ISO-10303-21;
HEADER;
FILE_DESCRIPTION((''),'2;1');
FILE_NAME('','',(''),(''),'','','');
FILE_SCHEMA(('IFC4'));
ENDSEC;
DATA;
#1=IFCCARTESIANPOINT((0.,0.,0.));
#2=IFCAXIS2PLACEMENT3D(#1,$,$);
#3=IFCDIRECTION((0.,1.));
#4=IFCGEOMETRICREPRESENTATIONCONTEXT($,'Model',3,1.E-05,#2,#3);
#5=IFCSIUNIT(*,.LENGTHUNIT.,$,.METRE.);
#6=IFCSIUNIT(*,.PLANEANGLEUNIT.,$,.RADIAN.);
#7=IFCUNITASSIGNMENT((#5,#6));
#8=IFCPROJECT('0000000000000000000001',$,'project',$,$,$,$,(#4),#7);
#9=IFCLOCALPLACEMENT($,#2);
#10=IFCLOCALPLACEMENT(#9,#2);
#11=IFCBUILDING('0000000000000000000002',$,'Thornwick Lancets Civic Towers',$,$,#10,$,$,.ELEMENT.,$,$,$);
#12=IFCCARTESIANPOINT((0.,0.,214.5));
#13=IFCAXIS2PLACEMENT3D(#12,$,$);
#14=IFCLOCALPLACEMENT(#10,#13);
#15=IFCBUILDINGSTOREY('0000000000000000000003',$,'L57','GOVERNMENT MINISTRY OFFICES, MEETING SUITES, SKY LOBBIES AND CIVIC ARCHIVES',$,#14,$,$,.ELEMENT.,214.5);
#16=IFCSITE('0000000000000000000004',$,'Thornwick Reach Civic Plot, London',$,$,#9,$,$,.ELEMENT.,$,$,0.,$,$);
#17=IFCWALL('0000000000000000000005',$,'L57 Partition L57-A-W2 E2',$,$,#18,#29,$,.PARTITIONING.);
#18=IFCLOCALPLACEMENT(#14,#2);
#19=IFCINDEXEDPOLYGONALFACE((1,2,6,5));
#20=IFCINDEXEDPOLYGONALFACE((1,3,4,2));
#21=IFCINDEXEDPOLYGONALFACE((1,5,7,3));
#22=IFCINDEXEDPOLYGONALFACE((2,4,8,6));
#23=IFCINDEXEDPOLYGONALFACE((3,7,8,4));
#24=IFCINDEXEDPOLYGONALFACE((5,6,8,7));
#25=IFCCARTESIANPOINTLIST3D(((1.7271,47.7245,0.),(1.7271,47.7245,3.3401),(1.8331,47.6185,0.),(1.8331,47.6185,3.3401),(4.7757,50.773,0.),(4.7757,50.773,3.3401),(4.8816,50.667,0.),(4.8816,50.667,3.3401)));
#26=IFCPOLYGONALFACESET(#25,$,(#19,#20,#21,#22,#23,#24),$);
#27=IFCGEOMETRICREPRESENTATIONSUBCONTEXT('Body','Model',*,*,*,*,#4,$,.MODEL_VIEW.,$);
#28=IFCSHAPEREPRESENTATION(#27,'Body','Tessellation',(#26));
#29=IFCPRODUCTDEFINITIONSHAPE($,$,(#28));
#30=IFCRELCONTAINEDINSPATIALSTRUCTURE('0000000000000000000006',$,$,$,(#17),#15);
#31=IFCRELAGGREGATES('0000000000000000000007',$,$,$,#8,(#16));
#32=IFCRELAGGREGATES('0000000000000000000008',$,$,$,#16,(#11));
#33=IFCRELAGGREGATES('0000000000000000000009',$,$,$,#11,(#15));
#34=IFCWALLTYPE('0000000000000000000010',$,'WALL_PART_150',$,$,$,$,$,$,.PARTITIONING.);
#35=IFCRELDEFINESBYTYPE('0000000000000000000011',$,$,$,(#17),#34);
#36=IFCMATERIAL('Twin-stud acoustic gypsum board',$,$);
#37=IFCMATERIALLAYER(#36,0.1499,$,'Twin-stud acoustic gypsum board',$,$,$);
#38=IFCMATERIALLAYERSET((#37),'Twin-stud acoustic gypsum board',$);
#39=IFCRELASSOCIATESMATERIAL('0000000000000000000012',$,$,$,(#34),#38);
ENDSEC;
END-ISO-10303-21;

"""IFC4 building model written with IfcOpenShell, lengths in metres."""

from ifc_helpers import new_model, si_unit, direction, frame, frame_2d, origin, place, context, subcontext, project, spatial, rectangle, extrude, material, layer, layer_set, type_object, element, save


model = new_model("IFC4")

# Units and contexts
model_context = context("Model", 3, precision=1e-05, world=origin(), true_north=direction((0.0, 1.0)))
body_context = subcontext(model_context, "Body", "Model", "MODEL_VIEW")
ifc_project = project(units=[si_unit("LENGTHUNIT", "METRE"), si_unit("PLANEANGLEUNIT", "RADIAN")], contexts=[model_context])

# Site, building, storey
site_placement = place(None, origin())
site = spatial("IfcSite", under=ifc_project, at=site_placement, Name="Thornwick Reach Civic Plot, London", CompositionType="ELEMENT", RefElevation=0.0)
building_placement = place(site_placement, origin())
building = spatial("IfcBuilding", under=site, at=building_placement, Name="Thornwick Lancets Civic Towers", CompositionType="ELEMENT")
storey_placement = place(building_placement, frame((0.0, 0.0, 214.5)))
storey = spatial("IfcBuildingStorey", under=building, at=storey_placement, Name="L57", Description="GOVERNMENT MINISTRY OFFICES, MEETING SUITES, SKY LOBBIES AND CIVIC ARCHIVES", CompositionType="ELEMENT", Elevation=214.5)

# Wall
ifc_material_1 = material(Name="Twin-stud acoustic gypsum board")
ifc_layer_1 = layer(ifc_material_1, 0.1499, Name="Twin-stud acoustic gypsum board")
ifc_layer_set_1 = layer_set([ifc_layer_1], Name="Twin-stud acoustic gypsum board")
wall_type_1 = type_object("IfcWallType", Name="WALL_PART_150", PredefinedType="PARTITIONING", material=ifc_layer_set_1)
wall_1_placement = place(storey_placement, frame((1.78, 47.6714, 0.0), z_axis=(0.0, 0.0, 1.0), x_axis=(0.707107, 0.707107, 0.0)))
element("IfcWall", 1, at=wall_1_placement, inside=storey, type_object=wall_type_1, Name="L57 Partition L57-A-W2 E2", PredefinedType="PARTITIONING", context=body_context, shape_type="SweptSolid", body=[
    extrude(rectangle(XDim=4.3113, YDim=0.1499, at=frame_2d((2.1558, 0.0))), origin(), (0.0, 0.0, 1.0), 3.3401),
])

save(model, "model.ifc")
